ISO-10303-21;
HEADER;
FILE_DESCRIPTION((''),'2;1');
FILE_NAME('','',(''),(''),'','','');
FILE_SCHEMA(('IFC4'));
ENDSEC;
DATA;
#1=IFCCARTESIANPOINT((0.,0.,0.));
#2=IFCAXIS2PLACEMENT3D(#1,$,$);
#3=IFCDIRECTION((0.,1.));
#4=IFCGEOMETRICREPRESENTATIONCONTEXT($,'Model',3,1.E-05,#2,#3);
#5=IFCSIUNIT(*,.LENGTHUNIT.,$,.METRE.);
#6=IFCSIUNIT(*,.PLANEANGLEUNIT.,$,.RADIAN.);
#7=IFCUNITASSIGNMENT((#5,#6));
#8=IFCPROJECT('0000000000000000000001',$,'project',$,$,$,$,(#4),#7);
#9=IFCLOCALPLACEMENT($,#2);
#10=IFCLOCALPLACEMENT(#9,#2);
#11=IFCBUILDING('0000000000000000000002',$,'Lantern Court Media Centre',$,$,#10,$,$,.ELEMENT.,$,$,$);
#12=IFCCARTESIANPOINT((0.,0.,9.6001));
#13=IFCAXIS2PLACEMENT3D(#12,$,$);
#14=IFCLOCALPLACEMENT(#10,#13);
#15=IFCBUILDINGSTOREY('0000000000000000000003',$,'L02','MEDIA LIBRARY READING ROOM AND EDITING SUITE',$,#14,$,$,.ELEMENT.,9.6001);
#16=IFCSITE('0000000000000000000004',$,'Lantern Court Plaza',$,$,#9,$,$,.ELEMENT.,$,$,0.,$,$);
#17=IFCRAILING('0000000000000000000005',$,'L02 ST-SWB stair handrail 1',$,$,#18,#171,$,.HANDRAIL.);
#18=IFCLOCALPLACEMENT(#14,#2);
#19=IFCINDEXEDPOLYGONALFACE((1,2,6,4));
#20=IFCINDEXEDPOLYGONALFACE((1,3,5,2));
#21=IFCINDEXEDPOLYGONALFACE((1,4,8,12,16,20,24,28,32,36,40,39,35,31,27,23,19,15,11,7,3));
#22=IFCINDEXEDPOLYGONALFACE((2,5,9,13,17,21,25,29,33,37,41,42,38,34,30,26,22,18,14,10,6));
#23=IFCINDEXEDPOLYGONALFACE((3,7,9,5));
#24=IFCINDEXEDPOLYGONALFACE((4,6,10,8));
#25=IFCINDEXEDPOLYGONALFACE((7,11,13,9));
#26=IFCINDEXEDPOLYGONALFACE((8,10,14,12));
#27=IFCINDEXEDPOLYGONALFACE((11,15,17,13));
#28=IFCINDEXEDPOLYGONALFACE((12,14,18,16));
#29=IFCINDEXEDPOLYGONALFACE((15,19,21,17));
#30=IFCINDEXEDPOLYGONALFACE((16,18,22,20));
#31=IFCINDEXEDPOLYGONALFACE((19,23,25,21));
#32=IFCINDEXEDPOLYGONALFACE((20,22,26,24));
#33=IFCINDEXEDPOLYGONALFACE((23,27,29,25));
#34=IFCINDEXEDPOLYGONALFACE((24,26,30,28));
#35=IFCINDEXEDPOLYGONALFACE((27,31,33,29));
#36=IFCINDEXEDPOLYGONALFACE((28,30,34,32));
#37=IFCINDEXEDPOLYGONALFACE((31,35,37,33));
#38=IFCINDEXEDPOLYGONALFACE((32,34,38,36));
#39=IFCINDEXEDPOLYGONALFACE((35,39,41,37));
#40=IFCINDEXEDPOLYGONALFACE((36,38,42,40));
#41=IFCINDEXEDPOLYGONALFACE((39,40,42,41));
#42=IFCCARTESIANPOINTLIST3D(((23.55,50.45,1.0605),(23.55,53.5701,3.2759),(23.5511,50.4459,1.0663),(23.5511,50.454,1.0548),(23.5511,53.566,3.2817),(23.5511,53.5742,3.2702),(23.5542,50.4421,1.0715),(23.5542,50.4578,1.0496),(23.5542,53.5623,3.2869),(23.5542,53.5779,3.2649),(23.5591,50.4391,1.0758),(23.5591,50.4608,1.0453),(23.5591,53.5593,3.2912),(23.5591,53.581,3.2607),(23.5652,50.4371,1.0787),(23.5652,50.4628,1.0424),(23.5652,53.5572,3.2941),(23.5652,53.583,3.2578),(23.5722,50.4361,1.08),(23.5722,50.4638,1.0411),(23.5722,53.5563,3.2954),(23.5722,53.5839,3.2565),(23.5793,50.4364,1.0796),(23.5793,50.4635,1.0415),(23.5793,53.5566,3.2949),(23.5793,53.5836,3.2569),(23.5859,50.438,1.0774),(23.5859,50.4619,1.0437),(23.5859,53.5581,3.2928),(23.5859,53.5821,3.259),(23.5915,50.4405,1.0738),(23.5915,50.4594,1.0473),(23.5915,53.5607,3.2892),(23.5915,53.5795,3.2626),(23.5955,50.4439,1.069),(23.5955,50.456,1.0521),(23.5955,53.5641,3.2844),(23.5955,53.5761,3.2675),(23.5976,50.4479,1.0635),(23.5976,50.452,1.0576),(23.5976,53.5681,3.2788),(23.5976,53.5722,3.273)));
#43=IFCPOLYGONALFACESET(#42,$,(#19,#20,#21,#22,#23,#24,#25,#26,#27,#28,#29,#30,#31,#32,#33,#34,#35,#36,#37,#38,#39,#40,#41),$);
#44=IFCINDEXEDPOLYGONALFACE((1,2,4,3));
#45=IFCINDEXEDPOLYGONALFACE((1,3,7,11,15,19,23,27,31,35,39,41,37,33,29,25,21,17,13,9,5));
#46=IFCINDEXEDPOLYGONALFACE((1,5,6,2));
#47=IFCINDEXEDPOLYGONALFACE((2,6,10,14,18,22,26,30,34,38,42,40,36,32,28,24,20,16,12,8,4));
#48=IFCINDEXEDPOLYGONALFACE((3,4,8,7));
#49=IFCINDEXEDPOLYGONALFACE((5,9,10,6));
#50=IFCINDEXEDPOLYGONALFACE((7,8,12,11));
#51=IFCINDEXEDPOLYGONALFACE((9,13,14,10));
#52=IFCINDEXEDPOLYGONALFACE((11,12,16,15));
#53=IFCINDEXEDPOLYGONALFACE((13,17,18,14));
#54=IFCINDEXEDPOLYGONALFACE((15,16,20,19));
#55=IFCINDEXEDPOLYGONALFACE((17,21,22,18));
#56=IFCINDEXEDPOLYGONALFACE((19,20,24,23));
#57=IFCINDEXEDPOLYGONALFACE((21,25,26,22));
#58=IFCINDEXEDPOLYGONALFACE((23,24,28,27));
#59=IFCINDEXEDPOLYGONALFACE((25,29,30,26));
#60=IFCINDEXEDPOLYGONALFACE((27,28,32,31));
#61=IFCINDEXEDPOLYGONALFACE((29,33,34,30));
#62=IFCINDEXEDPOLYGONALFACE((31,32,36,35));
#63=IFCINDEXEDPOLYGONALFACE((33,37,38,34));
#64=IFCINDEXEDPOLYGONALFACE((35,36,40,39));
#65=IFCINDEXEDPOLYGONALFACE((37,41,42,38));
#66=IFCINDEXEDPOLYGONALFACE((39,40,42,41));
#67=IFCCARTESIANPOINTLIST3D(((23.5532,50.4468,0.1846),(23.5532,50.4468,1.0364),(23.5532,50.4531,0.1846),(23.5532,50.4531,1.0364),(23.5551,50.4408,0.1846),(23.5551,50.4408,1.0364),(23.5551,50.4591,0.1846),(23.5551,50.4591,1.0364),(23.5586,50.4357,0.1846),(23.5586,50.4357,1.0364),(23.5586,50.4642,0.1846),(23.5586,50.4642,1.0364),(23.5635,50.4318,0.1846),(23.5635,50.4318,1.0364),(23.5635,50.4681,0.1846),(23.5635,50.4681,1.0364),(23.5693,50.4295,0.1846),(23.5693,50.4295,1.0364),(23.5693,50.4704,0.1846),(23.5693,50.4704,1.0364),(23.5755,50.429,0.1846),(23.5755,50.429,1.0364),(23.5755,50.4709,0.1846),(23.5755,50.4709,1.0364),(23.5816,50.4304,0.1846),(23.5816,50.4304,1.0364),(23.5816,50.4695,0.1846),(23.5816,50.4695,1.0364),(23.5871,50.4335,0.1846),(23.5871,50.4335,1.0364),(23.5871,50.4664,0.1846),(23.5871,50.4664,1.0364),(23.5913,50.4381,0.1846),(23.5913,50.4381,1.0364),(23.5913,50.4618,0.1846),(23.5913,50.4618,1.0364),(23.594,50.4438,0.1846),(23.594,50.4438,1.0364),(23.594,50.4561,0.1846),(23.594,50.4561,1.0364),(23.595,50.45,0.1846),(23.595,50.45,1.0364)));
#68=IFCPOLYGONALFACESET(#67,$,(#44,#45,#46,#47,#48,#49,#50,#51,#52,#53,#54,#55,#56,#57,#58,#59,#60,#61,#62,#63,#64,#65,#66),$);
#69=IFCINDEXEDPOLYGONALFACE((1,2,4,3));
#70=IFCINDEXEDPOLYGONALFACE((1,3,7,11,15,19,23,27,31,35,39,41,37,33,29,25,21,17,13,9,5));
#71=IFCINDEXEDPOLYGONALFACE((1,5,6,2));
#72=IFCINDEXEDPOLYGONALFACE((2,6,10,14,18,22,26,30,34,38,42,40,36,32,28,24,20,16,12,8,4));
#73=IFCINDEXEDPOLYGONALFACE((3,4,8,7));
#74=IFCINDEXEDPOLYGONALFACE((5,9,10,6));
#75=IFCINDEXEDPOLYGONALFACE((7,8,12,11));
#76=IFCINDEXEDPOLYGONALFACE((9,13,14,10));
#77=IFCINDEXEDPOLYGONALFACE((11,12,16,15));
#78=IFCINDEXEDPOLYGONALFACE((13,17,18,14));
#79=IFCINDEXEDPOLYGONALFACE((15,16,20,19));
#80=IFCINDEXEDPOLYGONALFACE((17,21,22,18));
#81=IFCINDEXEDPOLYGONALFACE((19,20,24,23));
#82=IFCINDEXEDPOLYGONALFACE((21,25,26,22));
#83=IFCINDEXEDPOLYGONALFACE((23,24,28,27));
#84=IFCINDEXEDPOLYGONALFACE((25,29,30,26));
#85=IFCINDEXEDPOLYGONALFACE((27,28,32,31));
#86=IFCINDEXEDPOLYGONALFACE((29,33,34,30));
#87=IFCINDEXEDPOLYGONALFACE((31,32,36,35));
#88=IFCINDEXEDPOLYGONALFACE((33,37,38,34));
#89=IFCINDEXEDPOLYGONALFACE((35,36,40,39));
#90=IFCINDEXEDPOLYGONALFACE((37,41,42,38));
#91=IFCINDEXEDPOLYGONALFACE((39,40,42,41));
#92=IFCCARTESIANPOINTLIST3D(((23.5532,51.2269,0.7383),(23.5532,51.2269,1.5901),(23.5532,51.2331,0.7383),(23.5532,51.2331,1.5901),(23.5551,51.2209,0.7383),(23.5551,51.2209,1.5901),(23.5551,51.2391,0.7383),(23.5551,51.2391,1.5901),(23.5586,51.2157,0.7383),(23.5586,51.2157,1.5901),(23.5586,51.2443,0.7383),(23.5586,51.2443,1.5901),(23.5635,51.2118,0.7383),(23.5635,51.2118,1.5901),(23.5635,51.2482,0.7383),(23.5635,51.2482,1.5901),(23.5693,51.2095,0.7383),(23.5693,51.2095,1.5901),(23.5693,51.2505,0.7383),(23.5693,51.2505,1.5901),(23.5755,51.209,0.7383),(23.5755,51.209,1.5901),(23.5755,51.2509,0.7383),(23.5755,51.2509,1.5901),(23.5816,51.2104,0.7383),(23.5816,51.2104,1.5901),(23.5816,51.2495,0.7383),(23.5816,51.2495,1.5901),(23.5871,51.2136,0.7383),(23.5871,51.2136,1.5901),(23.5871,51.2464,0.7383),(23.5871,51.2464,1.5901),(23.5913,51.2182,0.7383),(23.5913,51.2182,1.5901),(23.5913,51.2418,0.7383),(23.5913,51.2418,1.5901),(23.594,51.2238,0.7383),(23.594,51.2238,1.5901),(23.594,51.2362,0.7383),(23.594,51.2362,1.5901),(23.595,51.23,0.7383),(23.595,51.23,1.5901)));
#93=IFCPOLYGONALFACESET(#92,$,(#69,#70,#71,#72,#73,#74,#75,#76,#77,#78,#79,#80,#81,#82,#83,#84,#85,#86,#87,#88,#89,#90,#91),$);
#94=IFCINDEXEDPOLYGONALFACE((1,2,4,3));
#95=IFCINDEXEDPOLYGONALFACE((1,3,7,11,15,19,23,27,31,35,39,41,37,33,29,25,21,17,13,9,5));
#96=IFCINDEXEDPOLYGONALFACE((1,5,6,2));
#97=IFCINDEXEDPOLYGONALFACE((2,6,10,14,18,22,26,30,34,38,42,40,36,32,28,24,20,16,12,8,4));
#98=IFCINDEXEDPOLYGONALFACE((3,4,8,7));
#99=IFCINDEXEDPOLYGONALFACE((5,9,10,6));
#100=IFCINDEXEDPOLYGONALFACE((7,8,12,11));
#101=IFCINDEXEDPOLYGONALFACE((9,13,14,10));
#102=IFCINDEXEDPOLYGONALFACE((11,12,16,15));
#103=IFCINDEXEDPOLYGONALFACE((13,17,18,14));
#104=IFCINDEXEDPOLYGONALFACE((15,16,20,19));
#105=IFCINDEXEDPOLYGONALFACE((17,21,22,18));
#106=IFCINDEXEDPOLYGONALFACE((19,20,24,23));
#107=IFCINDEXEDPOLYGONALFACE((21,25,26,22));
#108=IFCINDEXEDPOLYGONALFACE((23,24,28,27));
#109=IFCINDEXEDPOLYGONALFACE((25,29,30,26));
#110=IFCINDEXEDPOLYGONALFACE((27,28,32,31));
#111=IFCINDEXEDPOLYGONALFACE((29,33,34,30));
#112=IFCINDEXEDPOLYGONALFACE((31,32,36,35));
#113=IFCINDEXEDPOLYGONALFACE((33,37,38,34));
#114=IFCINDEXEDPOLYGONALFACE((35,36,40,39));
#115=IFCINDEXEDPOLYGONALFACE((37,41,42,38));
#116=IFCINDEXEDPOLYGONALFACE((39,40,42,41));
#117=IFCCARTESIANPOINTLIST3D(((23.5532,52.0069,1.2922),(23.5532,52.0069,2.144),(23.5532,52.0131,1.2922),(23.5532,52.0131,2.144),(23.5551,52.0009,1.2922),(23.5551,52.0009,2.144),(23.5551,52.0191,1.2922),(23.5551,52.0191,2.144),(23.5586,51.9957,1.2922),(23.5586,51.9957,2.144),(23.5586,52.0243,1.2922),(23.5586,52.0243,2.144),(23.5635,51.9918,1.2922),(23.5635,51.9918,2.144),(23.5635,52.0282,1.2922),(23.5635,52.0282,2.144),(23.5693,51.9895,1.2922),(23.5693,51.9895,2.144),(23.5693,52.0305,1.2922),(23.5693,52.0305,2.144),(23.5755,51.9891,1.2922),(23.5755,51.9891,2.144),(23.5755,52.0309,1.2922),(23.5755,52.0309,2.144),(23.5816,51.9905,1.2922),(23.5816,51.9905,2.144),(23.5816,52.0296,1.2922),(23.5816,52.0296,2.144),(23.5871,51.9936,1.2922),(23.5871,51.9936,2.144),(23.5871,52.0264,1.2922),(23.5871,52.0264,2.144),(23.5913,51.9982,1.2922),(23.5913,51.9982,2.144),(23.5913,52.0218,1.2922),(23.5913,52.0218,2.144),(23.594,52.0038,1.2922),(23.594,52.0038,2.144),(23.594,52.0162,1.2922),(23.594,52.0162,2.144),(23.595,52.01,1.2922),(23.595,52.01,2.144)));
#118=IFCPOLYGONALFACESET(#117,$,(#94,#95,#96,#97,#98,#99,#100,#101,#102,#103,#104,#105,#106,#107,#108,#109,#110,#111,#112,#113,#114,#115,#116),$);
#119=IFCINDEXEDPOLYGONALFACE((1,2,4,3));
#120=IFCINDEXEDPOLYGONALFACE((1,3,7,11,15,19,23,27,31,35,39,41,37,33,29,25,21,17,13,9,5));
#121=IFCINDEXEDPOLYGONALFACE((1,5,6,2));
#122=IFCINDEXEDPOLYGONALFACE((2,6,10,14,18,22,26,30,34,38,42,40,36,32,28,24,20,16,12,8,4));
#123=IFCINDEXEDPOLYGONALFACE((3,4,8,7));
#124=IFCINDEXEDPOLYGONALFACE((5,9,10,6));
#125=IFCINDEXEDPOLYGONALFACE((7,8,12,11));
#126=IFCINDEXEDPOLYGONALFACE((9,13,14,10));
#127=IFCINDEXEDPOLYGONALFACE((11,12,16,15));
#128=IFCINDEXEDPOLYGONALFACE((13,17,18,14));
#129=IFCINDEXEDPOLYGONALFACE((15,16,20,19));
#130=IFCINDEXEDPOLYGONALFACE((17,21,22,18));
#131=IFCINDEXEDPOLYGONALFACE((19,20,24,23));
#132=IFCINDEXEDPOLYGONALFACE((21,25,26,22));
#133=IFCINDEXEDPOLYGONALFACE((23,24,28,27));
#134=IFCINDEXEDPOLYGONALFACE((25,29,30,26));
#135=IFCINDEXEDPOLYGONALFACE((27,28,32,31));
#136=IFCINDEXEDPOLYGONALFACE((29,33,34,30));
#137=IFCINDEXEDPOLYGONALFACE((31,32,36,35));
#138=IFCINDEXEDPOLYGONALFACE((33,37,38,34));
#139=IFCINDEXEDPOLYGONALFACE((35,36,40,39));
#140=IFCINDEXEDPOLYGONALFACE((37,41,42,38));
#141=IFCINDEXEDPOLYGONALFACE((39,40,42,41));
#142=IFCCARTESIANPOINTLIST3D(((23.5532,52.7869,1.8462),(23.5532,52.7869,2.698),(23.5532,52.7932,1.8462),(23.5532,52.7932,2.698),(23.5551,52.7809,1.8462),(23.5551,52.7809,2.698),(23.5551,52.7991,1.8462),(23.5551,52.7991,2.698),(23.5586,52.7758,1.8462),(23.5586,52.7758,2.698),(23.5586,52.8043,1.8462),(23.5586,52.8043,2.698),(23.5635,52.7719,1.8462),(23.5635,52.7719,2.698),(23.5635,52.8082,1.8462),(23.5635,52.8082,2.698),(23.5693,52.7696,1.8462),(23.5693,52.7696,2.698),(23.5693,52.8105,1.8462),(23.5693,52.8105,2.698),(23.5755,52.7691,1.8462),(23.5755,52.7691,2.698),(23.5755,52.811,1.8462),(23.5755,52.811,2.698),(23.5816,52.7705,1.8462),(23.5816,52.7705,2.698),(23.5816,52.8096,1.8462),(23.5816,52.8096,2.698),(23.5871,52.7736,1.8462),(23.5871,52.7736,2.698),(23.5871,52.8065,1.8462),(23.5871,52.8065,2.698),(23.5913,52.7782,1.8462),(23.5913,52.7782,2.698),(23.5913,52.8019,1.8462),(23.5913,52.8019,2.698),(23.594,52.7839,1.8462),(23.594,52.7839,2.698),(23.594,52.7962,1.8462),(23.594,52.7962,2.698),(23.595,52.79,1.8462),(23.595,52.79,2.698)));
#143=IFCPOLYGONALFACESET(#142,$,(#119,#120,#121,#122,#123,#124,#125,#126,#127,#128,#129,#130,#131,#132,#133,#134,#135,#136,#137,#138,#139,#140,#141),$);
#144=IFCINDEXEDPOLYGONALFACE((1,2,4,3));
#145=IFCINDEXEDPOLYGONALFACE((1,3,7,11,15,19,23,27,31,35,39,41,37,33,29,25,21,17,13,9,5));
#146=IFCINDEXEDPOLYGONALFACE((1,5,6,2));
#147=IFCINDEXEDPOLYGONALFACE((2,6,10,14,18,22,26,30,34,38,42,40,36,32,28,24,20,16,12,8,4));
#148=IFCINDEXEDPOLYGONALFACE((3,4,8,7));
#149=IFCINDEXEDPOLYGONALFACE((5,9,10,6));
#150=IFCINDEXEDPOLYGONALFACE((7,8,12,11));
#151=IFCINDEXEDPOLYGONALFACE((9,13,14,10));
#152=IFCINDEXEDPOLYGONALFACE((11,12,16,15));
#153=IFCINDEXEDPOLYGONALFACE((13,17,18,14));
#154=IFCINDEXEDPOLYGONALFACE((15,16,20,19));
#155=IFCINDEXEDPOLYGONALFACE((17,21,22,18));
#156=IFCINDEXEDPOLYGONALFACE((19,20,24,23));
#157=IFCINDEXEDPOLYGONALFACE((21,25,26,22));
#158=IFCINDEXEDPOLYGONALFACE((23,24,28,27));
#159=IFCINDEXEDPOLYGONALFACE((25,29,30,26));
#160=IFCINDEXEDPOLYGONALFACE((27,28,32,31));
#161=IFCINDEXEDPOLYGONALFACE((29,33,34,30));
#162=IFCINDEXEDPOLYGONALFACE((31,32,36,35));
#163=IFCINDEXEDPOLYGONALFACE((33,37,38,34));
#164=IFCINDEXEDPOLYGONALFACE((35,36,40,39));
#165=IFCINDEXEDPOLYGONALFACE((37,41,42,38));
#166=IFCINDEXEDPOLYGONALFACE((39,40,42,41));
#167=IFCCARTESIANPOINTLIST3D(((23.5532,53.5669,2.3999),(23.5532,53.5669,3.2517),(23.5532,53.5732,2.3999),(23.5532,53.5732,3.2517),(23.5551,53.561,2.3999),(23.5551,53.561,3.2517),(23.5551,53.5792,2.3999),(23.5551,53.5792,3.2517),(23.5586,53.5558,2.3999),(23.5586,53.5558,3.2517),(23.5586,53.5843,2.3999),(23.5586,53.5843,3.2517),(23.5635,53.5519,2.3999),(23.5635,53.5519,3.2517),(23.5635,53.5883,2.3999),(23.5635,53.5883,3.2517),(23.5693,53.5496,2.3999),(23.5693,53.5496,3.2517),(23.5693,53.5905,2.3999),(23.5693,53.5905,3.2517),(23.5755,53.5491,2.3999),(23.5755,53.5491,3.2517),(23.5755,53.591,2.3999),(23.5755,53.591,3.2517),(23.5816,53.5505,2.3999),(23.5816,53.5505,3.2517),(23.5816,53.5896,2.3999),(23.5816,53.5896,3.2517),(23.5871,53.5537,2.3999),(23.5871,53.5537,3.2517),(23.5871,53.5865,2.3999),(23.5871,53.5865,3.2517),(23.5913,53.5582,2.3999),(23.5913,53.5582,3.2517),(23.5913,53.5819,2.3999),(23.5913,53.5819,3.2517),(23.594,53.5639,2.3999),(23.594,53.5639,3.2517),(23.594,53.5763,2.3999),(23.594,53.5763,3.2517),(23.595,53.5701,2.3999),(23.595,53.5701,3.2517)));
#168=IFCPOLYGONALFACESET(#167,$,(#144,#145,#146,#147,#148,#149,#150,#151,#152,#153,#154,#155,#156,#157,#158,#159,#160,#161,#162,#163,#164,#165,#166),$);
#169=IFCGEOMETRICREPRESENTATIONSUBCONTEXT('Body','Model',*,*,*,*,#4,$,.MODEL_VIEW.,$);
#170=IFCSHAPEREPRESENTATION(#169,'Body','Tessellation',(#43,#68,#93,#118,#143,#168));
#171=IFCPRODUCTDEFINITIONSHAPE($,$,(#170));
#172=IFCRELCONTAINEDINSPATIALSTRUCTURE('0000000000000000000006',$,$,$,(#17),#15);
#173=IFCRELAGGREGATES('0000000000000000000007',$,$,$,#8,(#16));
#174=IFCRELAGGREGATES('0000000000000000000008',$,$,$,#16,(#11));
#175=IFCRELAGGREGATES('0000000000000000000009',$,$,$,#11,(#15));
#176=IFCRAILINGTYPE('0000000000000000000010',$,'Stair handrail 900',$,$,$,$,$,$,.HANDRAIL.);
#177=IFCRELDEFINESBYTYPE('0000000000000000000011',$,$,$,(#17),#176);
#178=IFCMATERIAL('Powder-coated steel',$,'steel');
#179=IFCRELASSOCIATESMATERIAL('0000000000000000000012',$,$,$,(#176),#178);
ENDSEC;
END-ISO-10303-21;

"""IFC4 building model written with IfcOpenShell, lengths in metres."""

from ifc_helpers import new_model, si_unit, direction, frame, origin, origin_2d, place, context, subcontext, project, spatial, circle, extrude, material, type_object, element, save


model = new_model("IFC4")

# Units and contexts
model_context = context("Model", 3, precision=1e-05, world=origin(), true_north=direction((0.0, 1.0)))
body_context = subcontext(model_context, "Body", "Model", "MODEL_VIEW")
ifc_project = project(units=[si_unit("LENGTHUNIT", "METRE"), si_unit("PLANEANGLEUNIT", "RADIAN")], contexts=[model_context])

# Site, building, storey
site_placement = place(None, origin())
site = spatial("IfcSite", under=ifc_project, at=site_placement, Name="Lantern Court Plaza", CompositionType="ELEMENT", RefElevation=0.0)
building_placement = place(site_placement, origin())
building = spatial("IfcBuilding", under=site, at=building_placement, Name="Lantern Court Media Centre", CompositionType="ELEMENT")
storey_placement = place(building_placement, frame((0.0, 0.0, 9.6001)))
storey = spatial("IfcBuildingStorey", under=building, at=storey_placement, Name="L02", Description="MEDIA LIBRARY READING ROOM AND EDITING SUITE", CompositionType="ELEMENT", Elevation=9.6001)

# Railing
ifc_material_1 = material(Name="Powder-coated steel", Category="steel")
railing_type_1 = type_object("IfcRailingType", Name="Stair handrail 900", PredefinedType="HANDRAIL", material=ifc_material_1)
for number, where, name in (
    (1, (23.574, 50.45, 0.1846), "L02 ST-SWB stair handrail 1"),
):
    element("IfcRailing", number, at=place(storey_placement, frame(where)), inside=storey, type_object=railing_type_1, Name=name, PredefinedType="HANDRAIL", context=body_context, shape_type="SweptSolid", body=[
        extrude(circle(Radius=0.0239, at=origin_2d()), frame((0.0, 0.0, 0.876), z_axis=(0.0, 0.815377, 0.57893), x_axis=(-1.0, 0.0, 0.0)), (0.0, 0.0, 1.0), 3.8267),
        extrude(circle(Radius=0.021, at=origin_2d()), origin(), (0.0, 0.0, 1.0), 0.8518),
        extrude(circle(Radius=0.021, at=origin_2d()), frame((0.0, 0.78, 0.5537)), (0.0, 0.0, 1.0), 0.8518),
        extrude(circle(Radius=0.021, at=origin_2d()), frame((0.0, 1.5601, 1.1077)), (0.0, 0.0, 1.0), 0.8518),
        extrude(circle(Radius=0.021, at=origin_2d()), frame((0.0, 2.3401, 1.6616)), (0.0, 0.0, 1.0), 0.8518),
        extrude(circle(Radius=0.021, at=origin_2d()), frame((0.0, 3.1201, 2.2153)), (0.0, 0.0, 1.0), 0.8518),
    ])

save(model, "model.ifc")
